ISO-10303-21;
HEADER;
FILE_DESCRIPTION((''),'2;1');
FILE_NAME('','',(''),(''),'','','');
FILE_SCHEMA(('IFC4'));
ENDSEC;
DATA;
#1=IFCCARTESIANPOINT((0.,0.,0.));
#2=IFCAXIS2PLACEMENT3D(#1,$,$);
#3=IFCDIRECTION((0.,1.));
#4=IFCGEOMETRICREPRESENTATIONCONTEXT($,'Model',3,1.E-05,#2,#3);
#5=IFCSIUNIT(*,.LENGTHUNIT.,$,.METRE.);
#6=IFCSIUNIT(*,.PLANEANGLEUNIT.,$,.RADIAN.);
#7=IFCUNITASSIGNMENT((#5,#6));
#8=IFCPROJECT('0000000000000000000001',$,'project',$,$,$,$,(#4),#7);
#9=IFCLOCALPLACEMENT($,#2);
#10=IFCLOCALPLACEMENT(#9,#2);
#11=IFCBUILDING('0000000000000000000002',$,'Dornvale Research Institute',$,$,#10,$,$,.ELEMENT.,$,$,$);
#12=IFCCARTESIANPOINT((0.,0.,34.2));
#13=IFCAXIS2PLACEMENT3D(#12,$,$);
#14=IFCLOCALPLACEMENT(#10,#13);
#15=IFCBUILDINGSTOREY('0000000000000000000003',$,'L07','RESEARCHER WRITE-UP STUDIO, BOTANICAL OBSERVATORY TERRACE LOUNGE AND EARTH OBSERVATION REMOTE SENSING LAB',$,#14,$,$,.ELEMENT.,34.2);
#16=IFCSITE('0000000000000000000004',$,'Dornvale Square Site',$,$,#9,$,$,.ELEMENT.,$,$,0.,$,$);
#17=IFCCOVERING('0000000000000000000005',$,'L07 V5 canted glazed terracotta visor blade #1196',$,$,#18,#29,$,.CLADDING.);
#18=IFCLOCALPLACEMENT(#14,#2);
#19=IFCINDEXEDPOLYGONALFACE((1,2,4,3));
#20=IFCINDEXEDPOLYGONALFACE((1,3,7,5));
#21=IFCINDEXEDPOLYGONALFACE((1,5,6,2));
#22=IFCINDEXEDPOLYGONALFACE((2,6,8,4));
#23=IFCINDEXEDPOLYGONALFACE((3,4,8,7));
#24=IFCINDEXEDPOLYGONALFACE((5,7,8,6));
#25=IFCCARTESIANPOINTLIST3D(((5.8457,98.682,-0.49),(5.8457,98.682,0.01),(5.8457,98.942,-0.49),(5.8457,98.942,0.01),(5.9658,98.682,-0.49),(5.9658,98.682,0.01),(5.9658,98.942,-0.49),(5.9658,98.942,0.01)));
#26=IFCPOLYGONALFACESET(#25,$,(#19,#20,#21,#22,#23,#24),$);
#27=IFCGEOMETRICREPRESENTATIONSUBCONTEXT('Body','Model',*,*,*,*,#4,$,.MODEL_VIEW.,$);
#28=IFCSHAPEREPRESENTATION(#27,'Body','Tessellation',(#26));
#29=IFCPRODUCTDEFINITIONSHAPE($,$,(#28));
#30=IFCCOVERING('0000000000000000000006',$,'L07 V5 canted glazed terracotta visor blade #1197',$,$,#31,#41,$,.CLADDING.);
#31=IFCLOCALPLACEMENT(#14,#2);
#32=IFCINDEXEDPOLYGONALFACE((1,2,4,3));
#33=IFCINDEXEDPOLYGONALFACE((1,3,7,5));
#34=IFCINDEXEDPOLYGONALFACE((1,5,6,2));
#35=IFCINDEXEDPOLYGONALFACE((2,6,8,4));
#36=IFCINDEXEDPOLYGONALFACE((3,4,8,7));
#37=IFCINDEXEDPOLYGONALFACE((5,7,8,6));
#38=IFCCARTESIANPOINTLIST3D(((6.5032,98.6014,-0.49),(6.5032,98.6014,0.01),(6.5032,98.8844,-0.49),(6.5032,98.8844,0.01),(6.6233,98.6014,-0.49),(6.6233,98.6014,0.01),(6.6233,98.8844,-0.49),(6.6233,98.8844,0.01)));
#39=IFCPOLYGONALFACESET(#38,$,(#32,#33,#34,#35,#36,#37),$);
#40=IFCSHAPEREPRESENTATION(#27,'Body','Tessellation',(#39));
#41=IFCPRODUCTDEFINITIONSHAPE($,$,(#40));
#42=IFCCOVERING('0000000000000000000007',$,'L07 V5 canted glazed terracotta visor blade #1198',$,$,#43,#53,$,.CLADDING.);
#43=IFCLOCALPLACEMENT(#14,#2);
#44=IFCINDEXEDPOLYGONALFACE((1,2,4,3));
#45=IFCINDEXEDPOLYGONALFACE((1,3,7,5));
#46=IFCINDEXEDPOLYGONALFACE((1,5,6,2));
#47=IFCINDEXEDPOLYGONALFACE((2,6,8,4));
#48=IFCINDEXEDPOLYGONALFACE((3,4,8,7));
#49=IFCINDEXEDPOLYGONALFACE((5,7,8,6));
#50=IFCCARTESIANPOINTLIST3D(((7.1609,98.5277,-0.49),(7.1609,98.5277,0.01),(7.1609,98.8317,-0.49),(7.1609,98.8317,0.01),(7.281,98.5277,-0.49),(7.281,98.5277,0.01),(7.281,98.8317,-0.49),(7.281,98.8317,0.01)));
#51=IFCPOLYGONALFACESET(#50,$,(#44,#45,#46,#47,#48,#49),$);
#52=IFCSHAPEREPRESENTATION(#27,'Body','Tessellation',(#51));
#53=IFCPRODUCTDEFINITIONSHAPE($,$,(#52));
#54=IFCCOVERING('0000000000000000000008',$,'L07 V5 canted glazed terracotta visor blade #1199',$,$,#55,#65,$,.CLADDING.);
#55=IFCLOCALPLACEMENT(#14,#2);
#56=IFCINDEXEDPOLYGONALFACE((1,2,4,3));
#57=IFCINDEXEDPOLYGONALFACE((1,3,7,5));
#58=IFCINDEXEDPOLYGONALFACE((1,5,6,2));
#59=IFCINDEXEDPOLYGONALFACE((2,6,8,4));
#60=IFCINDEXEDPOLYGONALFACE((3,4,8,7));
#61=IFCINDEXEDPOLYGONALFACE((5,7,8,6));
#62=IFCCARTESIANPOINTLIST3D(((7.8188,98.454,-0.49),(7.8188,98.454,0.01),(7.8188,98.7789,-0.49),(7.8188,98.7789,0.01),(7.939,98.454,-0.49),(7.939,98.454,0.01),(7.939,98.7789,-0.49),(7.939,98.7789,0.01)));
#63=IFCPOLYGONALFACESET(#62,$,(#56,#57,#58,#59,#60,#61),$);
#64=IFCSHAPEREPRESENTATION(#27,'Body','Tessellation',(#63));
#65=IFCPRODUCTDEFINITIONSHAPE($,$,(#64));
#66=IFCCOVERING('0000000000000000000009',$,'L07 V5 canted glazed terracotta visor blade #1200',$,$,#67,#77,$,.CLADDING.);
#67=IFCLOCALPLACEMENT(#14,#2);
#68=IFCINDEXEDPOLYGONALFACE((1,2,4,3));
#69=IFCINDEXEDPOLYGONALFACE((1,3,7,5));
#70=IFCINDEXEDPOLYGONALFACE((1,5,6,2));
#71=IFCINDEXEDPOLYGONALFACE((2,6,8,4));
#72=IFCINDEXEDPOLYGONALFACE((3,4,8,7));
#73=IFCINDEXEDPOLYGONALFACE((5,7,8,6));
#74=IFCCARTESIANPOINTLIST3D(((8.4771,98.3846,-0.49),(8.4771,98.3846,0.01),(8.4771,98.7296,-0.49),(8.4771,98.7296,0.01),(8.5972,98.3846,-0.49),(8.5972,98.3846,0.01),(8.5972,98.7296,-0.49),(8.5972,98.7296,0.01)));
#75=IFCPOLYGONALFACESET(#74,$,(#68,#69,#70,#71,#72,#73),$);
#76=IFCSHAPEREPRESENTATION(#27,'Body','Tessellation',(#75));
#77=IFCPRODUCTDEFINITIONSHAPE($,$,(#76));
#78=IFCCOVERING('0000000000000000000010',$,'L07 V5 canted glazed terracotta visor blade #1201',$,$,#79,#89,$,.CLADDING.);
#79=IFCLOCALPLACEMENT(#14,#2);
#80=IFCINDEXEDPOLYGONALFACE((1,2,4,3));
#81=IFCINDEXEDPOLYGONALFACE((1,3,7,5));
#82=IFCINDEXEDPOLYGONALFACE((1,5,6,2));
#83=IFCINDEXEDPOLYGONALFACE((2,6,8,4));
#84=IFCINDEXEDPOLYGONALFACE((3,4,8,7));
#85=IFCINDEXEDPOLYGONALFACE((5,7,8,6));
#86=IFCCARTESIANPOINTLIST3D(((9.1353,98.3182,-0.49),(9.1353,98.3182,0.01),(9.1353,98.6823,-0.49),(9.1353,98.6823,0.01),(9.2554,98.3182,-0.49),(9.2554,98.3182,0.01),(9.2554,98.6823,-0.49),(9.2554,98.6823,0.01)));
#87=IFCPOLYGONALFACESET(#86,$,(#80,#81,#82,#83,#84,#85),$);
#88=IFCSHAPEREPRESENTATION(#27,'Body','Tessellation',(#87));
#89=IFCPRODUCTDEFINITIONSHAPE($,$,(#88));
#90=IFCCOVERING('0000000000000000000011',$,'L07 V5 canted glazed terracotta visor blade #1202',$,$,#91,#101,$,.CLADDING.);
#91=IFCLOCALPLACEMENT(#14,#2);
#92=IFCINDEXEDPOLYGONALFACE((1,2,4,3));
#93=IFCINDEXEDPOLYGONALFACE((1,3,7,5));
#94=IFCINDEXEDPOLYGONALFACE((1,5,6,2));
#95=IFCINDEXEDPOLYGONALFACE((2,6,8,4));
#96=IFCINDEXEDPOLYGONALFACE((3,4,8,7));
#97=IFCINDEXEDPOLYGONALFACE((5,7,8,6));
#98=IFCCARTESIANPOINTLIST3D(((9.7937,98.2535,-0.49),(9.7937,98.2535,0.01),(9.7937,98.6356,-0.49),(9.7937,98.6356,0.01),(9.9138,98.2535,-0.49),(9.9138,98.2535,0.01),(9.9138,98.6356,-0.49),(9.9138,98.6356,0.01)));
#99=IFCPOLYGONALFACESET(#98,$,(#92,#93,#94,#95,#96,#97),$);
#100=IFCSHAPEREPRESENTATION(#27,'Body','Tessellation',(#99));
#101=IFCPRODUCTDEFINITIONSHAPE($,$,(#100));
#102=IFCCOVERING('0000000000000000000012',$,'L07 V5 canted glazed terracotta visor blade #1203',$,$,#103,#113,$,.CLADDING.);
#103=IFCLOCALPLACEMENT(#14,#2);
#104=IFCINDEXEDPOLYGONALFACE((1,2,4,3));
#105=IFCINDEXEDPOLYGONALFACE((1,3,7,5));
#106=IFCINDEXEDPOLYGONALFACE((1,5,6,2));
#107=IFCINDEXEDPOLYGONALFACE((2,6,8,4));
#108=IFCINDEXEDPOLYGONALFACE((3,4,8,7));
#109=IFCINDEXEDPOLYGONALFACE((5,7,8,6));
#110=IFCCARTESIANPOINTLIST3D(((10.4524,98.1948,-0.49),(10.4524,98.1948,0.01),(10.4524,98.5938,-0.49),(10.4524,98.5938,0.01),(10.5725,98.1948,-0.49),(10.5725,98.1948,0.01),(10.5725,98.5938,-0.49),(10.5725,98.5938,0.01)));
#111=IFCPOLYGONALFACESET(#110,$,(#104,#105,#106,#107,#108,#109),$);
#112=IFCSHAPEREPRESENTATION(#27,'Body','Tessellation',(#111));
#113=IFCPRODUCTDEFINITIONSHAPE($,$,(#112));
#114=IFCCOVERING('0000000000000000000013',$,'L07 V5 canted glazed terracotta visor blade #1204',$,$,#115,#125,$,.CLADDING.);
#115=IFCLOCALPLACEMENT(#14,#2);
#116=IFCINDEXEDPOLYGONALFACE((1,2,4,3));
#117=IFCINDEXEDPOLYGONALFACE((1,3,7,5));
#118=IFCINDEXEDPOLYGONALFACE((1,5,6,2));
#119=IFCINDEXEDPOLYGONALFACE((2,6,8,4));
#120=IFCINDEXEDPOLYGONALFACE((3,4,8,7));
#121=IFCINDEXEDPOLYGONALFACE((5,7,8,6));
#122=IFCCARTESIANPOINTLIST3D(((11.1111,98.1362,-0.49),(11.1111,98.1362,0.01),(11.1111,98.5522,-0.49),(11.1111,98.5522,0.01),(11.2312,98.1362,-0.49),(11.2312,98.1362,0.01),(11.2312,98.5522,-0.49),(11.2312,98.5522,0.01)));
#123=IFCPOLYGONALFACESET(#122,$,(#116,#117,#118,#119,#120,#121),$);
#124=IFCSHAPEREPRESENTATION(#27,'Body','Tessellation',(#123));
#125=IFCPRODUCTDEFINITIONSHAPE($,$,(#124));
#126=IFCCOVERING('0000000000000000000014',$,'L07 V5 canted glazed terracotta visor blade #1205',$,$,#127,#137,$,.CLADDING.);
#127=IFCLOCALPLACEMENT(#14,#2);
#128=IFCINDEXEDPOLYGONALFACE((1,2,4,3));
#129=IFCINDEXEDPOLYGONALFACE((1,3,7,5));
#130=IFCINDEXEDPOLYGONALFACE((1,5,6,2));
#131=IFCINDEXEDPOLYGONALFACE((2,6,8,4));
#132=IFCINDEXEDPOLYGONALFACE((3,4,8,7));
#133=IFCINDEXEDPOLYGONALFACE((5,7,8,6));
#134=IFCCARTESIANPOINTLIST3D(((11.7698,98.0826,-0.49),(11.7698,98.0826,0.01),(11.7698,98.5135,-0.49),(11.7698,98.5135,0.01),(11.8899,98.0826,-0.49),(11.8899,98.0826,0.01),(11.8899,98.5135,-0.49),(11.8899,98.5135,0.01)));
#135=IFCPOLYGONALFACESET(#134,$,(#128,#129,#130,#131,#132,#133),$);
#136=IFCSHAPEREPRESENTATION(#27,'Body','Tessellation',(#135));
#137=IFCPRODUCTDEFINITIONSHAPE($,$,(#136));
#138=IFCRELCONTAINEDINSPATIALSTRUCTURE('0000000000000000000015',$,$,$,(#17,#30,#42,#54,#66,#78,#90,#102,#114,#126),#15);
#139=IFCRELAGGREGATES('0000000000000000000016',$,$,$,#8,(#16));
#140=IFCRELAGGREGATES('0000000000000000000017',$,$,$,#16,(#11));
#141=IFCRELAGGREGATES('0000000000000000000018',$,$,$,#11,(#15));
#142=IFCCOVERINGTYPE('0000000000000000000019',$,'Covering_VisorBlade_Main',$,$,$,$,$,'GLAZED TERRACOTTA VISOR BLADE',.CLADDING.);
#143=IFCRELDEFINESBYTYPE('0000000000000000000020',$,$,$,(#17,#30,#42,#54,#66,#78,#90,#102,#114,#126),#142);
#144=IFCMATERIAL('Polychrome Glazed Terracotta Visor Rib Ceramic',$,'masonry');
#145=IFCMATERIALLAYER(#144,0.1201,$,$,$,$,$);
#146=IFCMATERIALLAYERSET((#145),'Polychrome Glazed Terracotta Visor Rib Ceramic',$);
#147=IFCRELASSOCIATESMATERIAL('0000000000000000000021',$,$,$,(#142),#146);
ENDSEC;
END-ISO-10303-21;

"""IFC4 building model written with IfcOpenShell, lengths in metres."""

from ifc_helpers import new_model, si_unit, direction, frame, origin, origin_2d, place, context, subcontext, project, spatial, rectangle, extrude, material, layer, layer_set, type_object, element, save


model = new_model("IFC4")

# Units and contexts
model_context = context("Model", 3, precision=1e-05, world=origin(), true_north=direction((0.0, 1.0)))
body_context = subcontext(model_context, "Body", "Model", "MODEL_VIEW")
ifc_project = project(units=[si_unit("LENGTHUNIT", "METRE"), si_unit("PLANEANGLEUNIT", "RADIAN")], contexts=[model_context])

# Site, building, storey
site_placement = place(None, origin())
site = spatial("IfcSite", under=ifc_project, at=site_placement, Name="Dornvale Square Site", CompositionType="ELEMENT", RefElevation=0.0)
building_placement = place(site_placement, origin())
building = spatial("IfcBuilding", under=site, at=building_placement, Name="Dornvale Research Institute", CompositionType="ELEMENT")
storey_placement = place(building_placement, frame((0.0, 0.0, 34.2)))
storey = spatial("IfcBuildingStorey", under=building, at=storey_placement, Name="L07", Description="RESEARCHER WRITE-UP STUDIO, BOTANICAL OBSERVATORY TERRACE LOUNGE AND EARTH OBSERVATION REMOTE SENSING LAB", CompositionType="ELEMENT", Elevation=34.2)

# Coverings
ifc_material_1 = material(Name="Polychrome Glazed Terracotta Visor Rib Ceramic", Category="masonry")
ifc_layer_1 = layer(ifc_material_1, 0.1201)
ifc_layer_set_1 = layer_set([ifc_layer_1], Name="Polychrome Glazed Terracotta Visor Rib Ceramic")
covering_type = type_object("IfcCoveringType", Name="Covering_VisorBlade_Main", ElementType="GLAZED TERRACOTTA VISOR BLADE", PredefinedType="CLADDING", material=ifc_layer_set_1)
covering_1_placement = place(storey_placement, frame((5.9058, 98.812, -0.49), z_axis=(0.0, 0.0, 1.0), x_axis=(0.0, 1.0, 0.0)))
element("IfcCovering", 1, at=covering_1_placement, inside=storey, type_object=covering_type, Name="L07 V5 canted glazed terracotta visor blade #1196", PredefinedType="CLADDING", context=body_context, shape_type="SweptSolid", body=[
    extrude(rectangle(XDim=0.26, YDim=0.1201, at=origin_2d()), origin(), (0.0, 0.0, 1.0), 0.5),
])
covering_2_placement = place(storey_placement, frame((6.5632, 98.7429, -0.49), z_axis=(0.0, 0.0, 1.0), x_axis=(0.0, 1.0, 0.0)))
element("IfcCovering", 2, at=covering_2_placement, inside=storey, type_object=covering_type, Name="L07 V5 canted glazed terracotta visor blade #1197", PredefinedType="CLADDING", context=body_context, shape_type="SweptSolid", body=[
    extrude(rectangle(XDim=0.283, YDim=0.1201, at=origin_2d()), origin(), (0.0, 0.0, 1.0), 0.5),
])
covering_3_placement = place(storey_placement, frame((7.2209, 98.6797, -0.49), z_axis=(0.0, 0.0, 1.0), x_axis=(0.0, 1.0, 0.0)))
element("IfcCovering", 3, at=covering_3_placement, inside=storey, type_object=covering_type, Name="L07 V5 canted glazed terracotta visor blade #1198", PredefinedType="CLADDING", context=body_context, shape_type="SweptSolid", body=[
    extrude(rectangle(XDim=0.304, YDim=0.1201, at=origin_2d()), origin(), (0.0, 0.0, 1.0), 0.5),
])
covering_4_placement = place(storey_placement, frame((7.8789, 98.6165, -0.49), z_axis=(0.0, 0.0, 1.0), x_axis=(0.0, 1.0, 0.0)))
element("IfcCovering", 4, at=covering_4_placement, inside=storey, type_object=covering_type, Name="L07 V5 canted glazed terracotta visor blade #1199", PredefinedType="CLADDING", context=body_context, shape_type="SweptSolid", body=[
    extrude(rectangle(XDim=0.325, YDim=0.1201, at=origin_2d()), origin(), (0.0, 0.0, 1.0), 0.5),
])
covering_5_placement = place(storey_placement, frame((8.5371, 98.5571, -0.49), z_axis=(0.0, 0.0, 1.0), x_axis=(0.0, 1.0, 0.0)))
element("IfcCovering", 5, at=covering_5_placement, inside=storey, type_object=covering_type, Name="L07 V5 canted glazed terracotta visor blade #1200", PredefinedType="CLADDING", context=body_context, shape_type="SweptSolid", body=[
    extrude(rectangle(XDim=0.345, YDim=0.1201, at=origin_2d()), origin(), (0.0, 0.0, 1.0), 0.5),
])
covering_6_placement = place(storey_placement, frame((9.1953, 98.5002, -0.49), z_axis=(0.0, 0.0, 1.0), x_axis=(0.0, 1.0, 0.0)))
element("IfcCovering", 6, at=covering_6_placement, inside=storey, type_object=covering_type, Name="L07 V5 canted glazed terracotta visor blade #1201", PredefinedType="CLADDING", context=body_context, shape_type="SweptSolid", body=[
    extrude(rectangle(XDim=0.364, YDim=0.1201, at=origin_2d()), origin(), (0.0, 0.0, 1.0), 0.5),
])
covering_7_placement = place(storey_placement, frame((9.8538, 98.4446, -0.49), z_axis=(0.0, 0.0, 1.0), x_axis=(0.0, 1.0, 0.0)))
element("IfcCovering", 7, at=covering_7_placement, inside=storey, type_object=covering_type, Name="L07 V5 canted glazed terracotta visor blade #1202", PredefinedType="CLADDING", context=body_context, shape_type="SweptSolid", body=[
    extrude(rectangle(XDim=0.3821, YDim=0.1201, at=origin_2d()), origin(), (0.0, 0.0, 1.0), 0.5),
])
covering_8_placement = place(storey_placement, frame((10.5125, 98.3943, -0.49), z_axis=(0.0, 0.0, 1.0), x_axis=(0.0, 1.0, 0.0)))
element("IfcCovering", 8, at=covering_8_placement, inside=storey, type_object=covering_type, Name="L07 V5 canted glazed terracotta visor blade #1203", PredefinedType="CLADDING", context=body_context, shape_type="SweptSolid", body=[
    extrude(rectangle(XDim=0.3989, YDim=0.1201, at=origin_2d()), origin(), (0.0, 0.0, 1.0), 0.5),
])
covering_9_placement = place(storey_placement, frame((11.1711, 98.3442, -0.49), z_axis=(0.0, 0.0, 1.0), x_axis=(0.0, 1.0, 0.0)))
element("IfcCovering", 9, at=covering_9_placement, inside=storey, type_object=covering_type, Name="L07 V5 canted glazed terracotta visor blade #1204", PredefinedType="CLADDING", context=body_context, shape_type="SweptSolid", body=[
    extrude(rectangle(XDim=0.416, YDim=0.1201, at=origin_2d()), origin(), (0.0, 0.0, 1.0), 0.5),
])
covering_10_placement = place(storey_placement, frame((11.8298, 98.2981, -0.49), z_axis=(0.0, 0.0, 1.0), x_axis=(0.0, 1.0, 0.0)))
element("IfcCovering", 10, at=covering_10_placement, inside=storey, type_object=covering_type, Name="L07 V5 canted glazed terracotta visor blade #1205", PredefinedType="CLADDING", context=body_context, shape_type="SweptSolid", body=[
    extrude(rectangle(XDim=0.4309, YDim=0.1201, at=origin_2d()), origin(), (0.0, 0.0, 1.0), 0.5),
])

save(model, "model.ifc")
